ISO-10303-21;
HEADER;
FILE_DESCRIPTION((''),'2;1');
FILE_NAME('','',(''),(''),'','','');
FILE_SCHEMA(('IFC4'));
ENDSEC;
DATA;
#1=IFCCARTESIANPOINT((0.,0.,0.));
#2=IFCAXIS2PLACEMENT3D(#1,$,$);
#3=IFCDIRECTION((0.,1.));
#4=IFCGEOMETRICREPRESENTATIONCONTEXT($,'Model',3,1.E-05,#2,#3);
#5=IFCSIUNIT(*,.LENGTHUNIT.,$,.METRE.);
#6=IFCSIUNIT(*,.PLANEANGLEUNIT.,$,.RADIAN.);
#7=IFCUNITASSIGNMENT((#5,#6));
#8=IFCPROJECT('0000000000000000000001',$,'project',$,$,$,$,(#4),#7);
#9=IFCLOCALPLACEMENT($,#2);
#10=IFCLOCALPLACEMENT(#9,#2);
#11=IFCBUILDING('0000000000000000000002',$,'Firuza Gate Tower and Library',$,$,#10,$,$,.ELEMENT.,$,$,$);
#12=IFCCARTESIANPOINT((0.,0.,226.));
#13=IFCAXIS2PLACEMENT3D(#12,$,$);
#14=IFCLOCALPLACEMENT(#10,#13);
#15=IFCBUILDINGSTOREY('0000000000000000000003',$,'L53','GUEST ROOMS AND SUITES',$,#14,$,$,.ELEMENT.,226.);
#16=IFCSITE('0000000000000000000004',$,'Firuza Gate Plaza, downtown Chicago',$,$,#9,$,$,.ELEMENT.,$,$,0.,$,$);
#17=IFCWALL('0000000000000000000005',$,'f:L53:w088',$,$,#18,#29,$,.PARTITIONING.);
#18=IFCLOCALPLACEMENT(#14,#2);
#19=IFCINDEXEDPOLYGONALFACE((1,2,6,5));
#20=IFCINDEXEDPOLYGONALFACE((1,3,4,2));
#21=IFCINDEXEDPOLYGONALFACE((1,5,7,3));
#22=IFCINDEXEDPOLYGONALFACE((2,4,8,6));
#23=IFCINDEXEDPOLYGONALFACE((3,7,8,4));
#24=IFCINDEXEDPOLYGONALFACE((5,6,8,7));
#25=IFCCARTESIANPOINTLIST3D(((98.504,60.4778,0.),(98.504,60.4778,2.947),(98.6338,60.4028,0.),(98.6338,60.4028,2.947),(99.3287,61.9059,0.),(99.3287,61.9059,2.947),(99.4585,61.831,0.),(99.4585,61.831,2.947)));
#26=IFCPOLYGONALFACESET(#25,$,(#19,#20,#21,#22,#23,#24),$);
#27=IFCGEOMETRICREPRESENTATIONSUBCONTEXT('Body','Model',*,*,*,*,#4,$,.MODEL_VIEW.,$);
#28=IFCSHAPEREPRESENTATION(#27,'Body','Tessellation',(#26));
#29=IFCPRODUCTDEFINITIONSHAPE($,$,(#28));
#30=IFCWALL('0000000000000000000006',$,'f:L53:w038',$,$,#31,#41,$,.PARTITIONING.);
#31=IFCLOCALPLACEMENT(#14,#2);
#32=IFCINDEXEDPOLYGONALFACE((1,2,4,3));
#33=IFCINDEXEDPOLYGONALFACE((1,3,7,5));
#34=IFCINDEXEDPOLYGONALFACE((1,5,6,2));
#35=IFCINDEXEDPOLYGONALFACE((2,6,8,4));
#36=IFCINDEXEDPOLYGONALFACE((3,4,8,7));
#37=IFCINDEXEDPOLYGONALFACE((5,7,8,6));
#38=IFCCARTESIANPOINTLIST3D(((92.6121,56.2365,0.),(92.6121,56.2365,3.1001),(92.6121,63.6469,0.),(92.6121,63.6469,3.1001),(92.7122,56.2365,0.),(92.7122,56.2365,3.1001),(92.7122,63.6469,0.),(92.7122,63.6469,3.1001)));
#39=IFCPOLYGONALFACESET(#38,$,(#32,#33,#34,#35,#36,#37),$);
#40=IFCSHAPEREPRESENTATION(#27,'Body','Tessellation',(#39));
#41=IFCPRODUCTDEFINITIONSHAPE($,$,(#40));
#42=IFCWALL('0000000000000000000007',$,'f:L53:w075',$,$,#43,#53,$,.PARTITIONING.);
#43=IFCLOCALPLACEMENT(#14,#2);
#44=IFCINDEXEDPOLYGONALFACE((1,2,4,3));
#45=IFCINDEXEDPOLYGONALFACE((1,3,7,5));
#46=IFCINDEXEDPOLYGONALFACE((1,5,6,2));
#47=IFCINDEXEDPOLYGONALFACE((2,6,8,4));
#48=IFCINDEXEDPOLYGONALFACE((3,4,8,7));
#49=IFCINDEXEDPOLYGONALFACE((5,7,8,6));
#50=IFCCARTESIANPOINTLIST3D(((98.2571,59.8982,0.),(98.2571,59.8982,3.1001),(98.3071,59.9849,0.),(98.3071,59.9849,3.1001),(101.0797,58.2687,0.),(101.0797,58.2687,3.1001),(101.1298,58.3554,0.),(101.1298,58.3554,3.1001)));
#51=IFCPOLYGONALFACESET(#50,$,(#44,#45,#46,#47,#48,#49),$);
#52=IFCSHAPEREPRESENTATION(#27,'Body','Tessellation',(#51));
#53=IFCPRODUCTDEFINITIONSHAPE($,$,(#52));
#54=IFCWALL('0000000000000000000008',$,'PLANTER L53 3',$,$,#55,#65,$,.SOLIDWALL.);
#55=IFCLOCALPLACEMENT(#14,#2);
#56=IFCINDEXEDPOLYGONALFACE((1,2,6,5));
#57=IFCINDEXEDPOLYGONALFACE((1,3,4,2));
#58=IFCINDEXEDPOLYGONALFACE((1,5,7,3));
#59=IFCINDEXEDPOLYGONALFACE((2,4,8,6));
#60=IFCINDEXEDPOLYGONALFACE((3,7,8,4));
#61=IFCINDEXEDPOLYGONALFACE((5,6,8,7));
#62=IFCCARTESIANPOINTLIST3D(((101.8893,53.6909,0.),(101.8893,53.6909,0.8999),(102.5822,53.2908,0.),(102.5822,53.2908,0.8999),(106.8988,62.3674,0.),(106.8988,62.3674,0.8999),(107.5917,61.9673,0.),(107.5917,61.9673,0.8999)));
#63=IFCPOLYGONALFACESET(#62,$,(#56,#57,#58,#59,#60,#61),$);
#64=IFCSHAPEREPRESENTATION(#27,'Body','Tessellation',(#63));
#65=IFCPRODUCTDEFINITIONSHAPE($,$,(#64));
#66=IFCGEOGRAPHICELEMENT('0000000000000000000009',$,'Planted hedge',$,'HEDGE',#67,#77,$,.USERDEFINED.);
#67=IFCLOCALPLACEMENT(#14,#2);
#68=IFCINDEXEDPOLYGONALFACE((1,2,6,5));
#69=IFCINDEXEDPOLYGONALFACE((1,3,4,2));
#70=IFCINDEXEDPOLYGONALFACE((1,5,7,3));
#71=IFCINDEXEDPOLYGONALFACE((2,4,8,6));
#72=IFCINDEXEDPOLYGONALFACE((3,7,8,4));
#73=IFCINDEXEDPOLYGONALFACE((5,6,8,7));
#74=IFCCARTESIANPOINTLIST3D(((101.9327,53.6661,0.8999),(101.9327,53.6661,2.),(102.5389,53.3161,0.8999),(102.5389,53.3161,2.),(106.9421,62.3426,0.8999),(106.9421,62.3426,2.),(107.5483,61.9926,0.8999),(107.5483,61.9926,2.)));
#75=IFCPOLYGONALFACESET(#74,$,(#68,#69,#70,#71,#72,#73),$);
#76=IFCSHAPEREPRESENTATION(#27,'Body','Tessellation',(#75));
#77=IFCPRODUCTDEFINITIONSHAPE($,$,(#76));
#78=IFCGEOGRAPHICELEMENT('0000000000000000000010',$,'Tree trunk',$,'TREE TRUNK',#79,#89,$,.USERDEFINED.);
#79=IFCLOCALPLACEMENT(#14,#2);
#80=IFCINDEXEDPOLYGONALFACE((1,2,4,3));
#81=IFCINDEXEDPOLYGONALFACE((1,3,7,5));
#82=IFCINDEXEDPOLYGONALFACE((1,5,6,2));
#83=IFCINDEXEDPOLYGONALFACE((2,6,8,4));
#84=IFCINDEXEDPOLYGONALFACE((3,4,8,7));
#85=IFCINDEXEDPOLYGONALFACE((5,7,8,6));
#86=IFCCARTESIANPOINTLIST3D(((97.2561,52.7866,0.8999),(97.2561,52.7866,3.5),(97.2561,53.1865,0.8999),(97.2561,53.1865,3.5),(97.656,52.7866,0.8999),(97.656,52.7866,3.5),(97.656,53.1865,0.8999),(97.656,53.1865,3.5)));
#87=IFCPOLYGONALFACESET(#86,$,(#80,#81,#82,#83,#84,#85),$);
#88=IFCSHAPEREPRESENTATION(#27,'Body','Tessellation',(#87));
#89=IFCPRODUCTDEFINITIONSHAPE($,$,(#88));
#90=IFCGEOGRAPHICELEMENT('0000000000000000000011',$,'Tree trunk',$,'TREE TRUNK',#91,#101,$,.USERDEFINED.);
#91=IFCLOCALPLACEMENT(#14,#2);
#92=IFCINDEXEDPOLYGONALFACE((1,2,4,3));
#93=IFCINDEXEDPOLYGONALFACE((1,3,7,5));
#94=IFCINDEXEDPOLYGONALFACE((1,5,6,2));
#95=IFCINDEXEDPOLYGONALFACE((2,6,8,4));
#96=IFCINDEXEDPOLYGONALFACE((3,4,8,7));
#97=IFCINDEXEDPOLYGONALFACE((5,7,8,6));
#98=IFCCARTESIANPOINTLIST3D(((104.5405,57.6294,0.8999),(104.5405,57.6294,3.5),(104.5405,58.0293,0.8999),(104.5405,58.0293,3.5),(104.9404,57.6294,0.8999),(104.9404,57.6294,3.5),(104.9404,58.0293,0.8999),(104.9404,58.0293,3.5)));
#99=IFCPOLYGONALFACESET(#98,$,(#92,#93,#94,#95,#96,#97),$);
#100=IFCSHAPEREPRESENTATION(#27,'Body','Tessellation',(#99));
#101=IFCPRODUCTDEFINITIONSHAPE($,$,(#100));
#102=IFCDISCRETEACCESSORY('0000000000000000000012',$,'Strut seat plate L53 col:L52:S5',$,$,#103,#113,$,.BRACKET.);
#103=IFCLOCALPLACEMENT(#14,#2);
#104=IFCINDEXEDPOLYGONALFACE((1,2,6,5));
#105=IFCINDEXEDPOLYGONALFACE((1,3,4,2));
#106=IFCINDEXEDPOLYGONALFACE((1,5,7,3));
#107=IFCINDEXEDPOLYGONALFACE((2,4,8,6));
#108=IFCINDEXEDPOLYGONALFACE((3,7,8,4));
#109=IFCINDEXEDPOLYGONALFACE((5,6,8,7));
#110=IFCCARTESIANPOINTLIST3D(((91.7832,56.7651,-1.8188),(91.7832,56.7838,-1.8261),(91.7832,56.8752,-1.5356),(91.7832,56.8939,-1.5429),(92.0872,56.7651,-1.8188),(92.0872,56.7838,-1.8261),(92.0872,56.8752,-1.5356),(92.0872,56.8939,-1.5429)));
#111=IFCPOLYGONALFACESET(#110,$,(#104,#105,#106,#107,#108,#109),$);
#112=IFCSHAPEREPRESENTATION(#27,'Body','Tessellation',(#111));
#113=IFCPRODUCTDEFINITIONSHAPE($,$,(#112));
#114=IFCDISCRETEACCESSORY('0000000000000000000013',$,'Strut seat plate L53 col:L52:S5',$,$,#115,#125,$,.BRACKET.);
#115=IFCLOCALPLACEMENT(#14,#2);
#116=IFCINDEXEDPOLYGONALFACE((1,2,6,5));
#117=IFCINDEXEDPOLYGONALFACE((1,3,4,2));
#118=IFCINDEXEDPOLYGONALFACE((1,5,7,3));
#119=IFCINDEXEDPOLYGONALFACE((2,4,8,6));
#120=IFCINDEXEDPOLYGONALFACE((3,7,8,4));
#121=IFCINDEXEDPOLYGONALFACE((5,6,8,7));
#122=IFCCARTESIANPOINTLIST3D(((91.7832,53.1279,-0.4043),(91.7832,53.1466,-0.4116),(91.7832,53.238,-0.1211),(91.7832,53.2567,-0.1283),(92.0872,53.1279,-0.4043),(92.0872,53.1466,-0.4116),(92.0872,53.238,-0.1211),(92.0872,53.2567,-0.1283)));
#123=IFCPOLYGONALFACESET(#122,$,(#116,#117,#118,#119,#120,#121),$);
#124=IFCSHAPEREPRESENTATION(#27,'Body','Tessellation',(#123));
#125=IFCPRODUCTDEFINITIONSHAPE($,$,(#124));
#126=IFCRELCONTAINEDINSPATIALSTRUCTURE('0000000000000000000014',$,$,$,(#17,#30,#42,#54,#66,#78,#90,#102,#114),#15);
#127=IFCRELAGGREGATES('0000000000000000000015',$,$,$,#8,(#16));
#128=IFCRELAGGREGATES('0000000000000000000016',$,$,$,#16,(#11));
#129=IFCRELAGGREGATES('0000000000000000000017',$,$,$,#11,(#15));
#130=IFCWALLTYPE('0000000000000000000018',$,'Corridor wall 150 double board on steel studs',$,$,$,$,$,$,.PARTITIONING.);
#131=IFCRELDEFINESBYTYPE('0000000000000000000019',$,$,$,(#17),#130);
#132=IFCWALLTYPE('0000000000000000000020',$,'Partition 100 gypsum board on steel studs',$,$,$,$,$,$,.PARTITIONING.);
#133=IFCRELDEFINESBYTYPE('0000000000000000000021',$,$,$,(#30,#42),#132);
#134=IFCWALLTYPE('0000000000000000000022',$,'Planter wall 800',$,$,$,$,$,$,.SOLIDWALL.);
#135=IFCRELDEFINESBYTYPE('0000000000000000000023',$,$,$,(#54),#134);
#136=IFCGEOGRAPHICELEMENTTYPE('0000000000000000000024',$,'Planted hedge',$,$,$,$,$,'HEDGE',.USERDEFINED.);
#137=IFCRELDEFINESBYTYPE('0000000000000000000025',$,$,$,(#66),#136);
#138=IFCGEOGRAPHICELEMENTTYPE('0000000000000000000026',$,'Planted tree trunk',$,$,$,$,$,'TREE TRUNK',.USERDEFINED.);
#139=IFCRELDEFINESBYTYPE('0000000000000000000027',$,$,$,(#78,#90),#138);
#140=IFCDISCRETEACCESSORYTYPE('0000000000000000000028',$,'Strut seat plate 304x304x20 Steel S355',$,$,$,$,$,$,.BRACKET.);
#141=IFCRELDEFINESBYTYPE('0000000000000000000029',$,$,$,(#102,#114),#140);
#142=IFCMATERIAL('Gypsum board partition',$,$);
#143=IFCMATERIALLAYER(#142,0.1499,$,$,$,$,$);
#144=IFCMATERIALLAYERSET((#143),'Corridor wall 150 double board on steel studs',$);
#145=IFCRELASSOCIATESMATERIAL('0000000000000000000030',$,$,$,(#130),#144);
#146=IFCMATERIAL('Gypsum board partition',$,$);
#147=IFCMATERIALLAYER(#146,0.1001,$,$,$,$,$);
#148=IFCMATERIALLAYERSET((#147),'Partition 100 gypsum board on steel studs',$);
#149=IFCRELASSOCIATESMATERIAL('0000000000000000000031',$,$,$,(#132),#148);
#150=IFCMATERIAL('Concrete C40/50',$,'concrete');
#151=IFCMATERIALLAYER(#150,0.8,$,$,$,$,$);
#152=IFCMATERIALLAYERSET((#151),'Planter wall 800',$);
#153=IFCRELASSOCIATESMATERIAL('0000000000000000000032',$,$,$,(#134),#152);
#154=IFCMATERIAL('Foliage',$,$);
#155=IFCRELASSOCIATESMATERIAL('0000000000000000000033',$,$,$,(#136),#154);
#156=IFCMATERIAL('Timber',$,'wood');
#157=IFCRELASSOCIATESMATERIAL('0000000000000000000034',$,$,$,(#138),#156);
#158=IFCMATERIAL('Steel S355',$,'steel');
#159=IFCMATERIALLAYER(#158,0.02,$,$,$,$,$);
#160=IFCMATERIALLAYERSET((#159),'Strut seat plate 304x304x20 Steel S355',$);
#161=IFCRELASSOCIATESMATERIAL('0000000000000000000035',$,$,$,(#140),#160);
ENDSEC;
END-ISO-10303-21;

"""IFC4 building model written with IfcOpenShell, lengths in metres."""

from ifc_helpers import new_model, si_unit, direction, frame, frame_2d, origin, origin_2d, place, context, subcontext, project, spatial, polyline, rectangle, outline, extrude, material, layer, layer_set, type_object, element, save


model = new_model("IFC4")

# Units and contexts
model_context = context("Model", 3, precision=1e-05, world=origin(), true_north=direction((0.0, 1.0)))
body_context = subcontext(model_context, "Body", "Model", "MODEL_VIEW")
ifc_project = project(units=[si_unit("LENGTHUNIT", "METRE"), si_unit("PLANEANGLEUNIT", "RADIAN")], contexts=[model_context])

# Site, building, storey
site_placement = place(None, origin())
site = spatial("IfcSite", under=ifc_project, at=site_placement, Name="Firuza Gate Plaza, downtown Chicago", CompositionType="ELEMENT", RefElevation=0.0)
building_placement = place(site_placement, origin())
building = spatial("IfcBuilding", under=site, at=building_placement, Name="Firuza Gate Tower and Library", CompositionType="ELEMENT")
storey_placement = place(building_placement, frame((0.0, 0.0, 226.0)))
storey = spatial("IfcBuildingStorey", under=building, at=storey_placement, Name="L53", Description="GUEST ROOMS AND SUITES", CompositionType="ELEMENT", Elevation=226.0)

# Shared definitions
ifc_material_1 = material(Name="Gypsum board partition")
ifc_layer_1 = layer(ifc_material_1, 0.1499)
ifc_layer_set_1 = layer_set([ifc_layer_1], Name="Corridor wall 150 double board on steel studs")
wall_type_1 = type_object("IfcWallType", Name="Corridor wall 150 double board on steel studs", PredefinedType="PARTITIONING", material=ifc_layer_set_1)

# Walls
wall_1_placement = place(storey_placement, frame((98.5688, 60.4402, 0.0), z_axis=(0.0, 0.0, 1.0), x_axis=(0.500056, 0.865993, 0.0)))
element("IfcWall", 1, at=wall_1_placement, inside=storey, type_object=wall_type_1, Name="f:L53:w088", PredefinedType="PARTITIONING", context=body_context, shape_type="SweptSolid", body=[
    extrude(rectangle(XDim=1.6492, YDim=0.1499, at=frame_2d((0.8247, 0.0))), origin(), (0.0, 0.0, 1.0), 2.947),
])
ifc_material_2 = material(Name="Gypsum board partition")
ifc_layer_2 = layer(ifc_material_2, 0.1001)
ifc_layer_set_2 = layer_set([ifc_layer_2], Name="Partition 100 gypsum board on steel studs")
wall_type_2 = type_object("IfcWallType", Name="Partition 100 gypsum board on steel studs", PredefinedType="PARTITIONING", material=ifc_layer_set_2)
wall_2_placement = place(storey_placement, frame((92.6621, 56.2366, 0.0), z_axis=(0.0, 0.0, 1.0), x_axis=(0.0, 1.0, 0.0)))
element("IfcWall", 2, at=wall_2_placement, inside=storey, type_object=wall_type_2, Name="f:L53:w038", PredefinedType="PARTITIONING", context=body_context, shape_type="SweptSolid", body=[
    extrude(rectangle(XDim=7.4104, YDim=0.1001, at=frame_2d((3.7051, 0.0))), origin(), (0.0, 0.0, 1.0), 3.1001),
])
wall_3_placement = place(storey_placement, frame((101.1047, 58.312, 0.0), z_axis=(0.0, 0.0, 1.0), x_axis=(-0.866036, 0.499982, 0.0)))
element("IfcWall", 3, at=wall_3_placement, inside=storey, type_object=wall_type_2, Name="f:L53:w075", PredefinedType="PARTITIONING", context=body_context, shape_type="SweptSolid", body=[
    extrude(rectangle(XDim=3.2593, YDim=0.1001, at=frame_2d((1.6296, 0.0))), origin(), (0.0, 0.0, 1.0), 3.1001),
])
ifc_material_3 = material(Name="Concrete C40/50", Category="concrete")
ifc_layer_3 = layer(ifc_material_3, 0.8)
ifc_layer_set_3 = layer_set([ifc_layer_3], Name="Planter wall 800")
wall_type_3 = type_object("IfcWallType", Name="Planter wall 800", PredefinedType="SOLIDWALL", material=ifc_layer_set_3)
wall_4_placement = place(storey_placement, frame((102.2358, 53.491, 0.0), z_axis=(0.0, 0.0, 1.0), x_axis=(0.50001, 0.86602, 0.0)))
element("IfcWall", 4, at=wall_4_placement, inside=storey, type_object=wall_type_3, Name="PLANTER L53 3", PredefinedType="SOLIDWALL", context=body_context, shape_type="SweptSolid", body=[
    extrude(rectangle(XDim=10.0188, YDim=0.8, at=frame_2d((5.0093, 0.0))), origin(), (0.0, 0.0, 1.0), 0.8999),
])

# Geographic elements
ifc_material_4 = material(Name="Foliage")
geographic_element_type_1 = type_object("IfcGeographicElementType", Name="Planted hedge", ElementType="HEDGE", PredefinedType="USERDEFINED", material=ifc_material_4)
geographic_element_placement = place(storey_placement, frame((104.7405, 57.8293, 0.8999), z_axis=(0.0, 0.0, 1.0), x_axis=(0.5, 0.866025, 0.0)))
element("IfcGeographicElement", 5, at=geographic_element_placement, inside=storey, type_object=geographic_element_type_1, Name="Planted hedge", ObjectType="HEDGE", PredefinedType="USERDEFINED", context=body_context, shape_type="SweptSolid", body=[
    extrude(rectangle(XDim=10.0188, YDim=0.7, at=origin_2d()), origin(), (0.0, 0.0, 1.0), 1.1001),
])
ifc_material_5 = material(Name="Timber", Category="wood")
geographic_element_type_2 = type_object("IfcGeographicElementType", Name="Planted tree trunk", ElementType="TREE TRUNK", PredefinedType="USERDEFINED", material=ifc_material_5)
for number, where, z_axis, x_axis, name in (
    (6, (97.4561, 52.9866, 0.8999), (0.0, 0.0, 1.0), (1.0, 0.0, 0.0), "Tree trunk"),
    (7, (104.7405, 57.8293, 0.8999), (0.0, 0.0, 1.0), (1.0, 0.0, 0.0), "Tree trunk"),
):
    element("IfcGeographicElement", number, at=place(storey_placement, frame(where, z_axis=z_axis, x_axis=x_axis)), inside=storey, type_object=geographic_element_type_2, Name=name, ObjectType="TREE TRUNK", PredefinedType="USERDEFINED", context=body_context, shape_type="SweptSolid", body=[
        extrude(rectangle(XDim=0.3999, YDim=0.3999, at=origin_2d()), origin(), (0.0, 0.0, 1.0), 2.6001),
    ])

# Discrete accessories
ifc_material_6 = material(Name="Steel S355", Category="steel")
ifc_layer_4 = layer(ifc_material_6, 0.02)
ifc_layer_set_4 = layer_set([ifc_layer_4], Name="Strut seat plate 304x304x20 Steel S355")
discrete_accessory_type = type_object("IfcDiscreteAccessoryType", Name="Strut seat plate 304x304x20 Steel S355", PredefinedType="BRACKET", material=ifc_layer_set_4)
discrete_accessory_1_placement = place(storey_placement, frame((92.0872, 56.8752, -1.5356), z_axis=(0.0, -0.932035, 0.362369), x_axis=(-1.0, 0.0, 0.0)))
element("IfcDiscreteAccessory", 8, at=discrete_accessory_1_placement, inside=storey, type_object=discrete_accessory_type, Name="Strut seat plate L53 col:L52:S5", PredefinedType="BRACKET", context=body_context, shape_type="SweptSolid", body=[
    extrude(outline(polyline([(0.0, 0.0), (0.304, 0.0), (0.304, 0.3039), (0.0, 0.3039), (0.0, 0.0)])), origin(), (0.0, 0.0, -1.0), 0.02),
])
discrete_accessory_2_placement = place(storey_placement, frame((91.7832, 53.238, -0.1211), z_axis=(0.0, -0.932035, 0.362369), x_axis=(1.0, 0.0, 0.0)))
element("IfcDiscreteAccessory", 9, at=discrete_accessory_2_placement, inside=storey, type_object=discrete_accessory_type, Name="Strut seat plate L53 col:L52:S5", PredefinedType="BRACKET", context=body_context, shape_type="SweptSolid", body=[
    extrude(outline(polyline([(0.0, 0.0), (0.304, 0.0), (0.304, -0.3039), (0.0, -0.3039), (0.0, 0.0)])), origin(), (0.0, 0.0, -1.0), 0.02),
])

save(model, "model.ifc")
